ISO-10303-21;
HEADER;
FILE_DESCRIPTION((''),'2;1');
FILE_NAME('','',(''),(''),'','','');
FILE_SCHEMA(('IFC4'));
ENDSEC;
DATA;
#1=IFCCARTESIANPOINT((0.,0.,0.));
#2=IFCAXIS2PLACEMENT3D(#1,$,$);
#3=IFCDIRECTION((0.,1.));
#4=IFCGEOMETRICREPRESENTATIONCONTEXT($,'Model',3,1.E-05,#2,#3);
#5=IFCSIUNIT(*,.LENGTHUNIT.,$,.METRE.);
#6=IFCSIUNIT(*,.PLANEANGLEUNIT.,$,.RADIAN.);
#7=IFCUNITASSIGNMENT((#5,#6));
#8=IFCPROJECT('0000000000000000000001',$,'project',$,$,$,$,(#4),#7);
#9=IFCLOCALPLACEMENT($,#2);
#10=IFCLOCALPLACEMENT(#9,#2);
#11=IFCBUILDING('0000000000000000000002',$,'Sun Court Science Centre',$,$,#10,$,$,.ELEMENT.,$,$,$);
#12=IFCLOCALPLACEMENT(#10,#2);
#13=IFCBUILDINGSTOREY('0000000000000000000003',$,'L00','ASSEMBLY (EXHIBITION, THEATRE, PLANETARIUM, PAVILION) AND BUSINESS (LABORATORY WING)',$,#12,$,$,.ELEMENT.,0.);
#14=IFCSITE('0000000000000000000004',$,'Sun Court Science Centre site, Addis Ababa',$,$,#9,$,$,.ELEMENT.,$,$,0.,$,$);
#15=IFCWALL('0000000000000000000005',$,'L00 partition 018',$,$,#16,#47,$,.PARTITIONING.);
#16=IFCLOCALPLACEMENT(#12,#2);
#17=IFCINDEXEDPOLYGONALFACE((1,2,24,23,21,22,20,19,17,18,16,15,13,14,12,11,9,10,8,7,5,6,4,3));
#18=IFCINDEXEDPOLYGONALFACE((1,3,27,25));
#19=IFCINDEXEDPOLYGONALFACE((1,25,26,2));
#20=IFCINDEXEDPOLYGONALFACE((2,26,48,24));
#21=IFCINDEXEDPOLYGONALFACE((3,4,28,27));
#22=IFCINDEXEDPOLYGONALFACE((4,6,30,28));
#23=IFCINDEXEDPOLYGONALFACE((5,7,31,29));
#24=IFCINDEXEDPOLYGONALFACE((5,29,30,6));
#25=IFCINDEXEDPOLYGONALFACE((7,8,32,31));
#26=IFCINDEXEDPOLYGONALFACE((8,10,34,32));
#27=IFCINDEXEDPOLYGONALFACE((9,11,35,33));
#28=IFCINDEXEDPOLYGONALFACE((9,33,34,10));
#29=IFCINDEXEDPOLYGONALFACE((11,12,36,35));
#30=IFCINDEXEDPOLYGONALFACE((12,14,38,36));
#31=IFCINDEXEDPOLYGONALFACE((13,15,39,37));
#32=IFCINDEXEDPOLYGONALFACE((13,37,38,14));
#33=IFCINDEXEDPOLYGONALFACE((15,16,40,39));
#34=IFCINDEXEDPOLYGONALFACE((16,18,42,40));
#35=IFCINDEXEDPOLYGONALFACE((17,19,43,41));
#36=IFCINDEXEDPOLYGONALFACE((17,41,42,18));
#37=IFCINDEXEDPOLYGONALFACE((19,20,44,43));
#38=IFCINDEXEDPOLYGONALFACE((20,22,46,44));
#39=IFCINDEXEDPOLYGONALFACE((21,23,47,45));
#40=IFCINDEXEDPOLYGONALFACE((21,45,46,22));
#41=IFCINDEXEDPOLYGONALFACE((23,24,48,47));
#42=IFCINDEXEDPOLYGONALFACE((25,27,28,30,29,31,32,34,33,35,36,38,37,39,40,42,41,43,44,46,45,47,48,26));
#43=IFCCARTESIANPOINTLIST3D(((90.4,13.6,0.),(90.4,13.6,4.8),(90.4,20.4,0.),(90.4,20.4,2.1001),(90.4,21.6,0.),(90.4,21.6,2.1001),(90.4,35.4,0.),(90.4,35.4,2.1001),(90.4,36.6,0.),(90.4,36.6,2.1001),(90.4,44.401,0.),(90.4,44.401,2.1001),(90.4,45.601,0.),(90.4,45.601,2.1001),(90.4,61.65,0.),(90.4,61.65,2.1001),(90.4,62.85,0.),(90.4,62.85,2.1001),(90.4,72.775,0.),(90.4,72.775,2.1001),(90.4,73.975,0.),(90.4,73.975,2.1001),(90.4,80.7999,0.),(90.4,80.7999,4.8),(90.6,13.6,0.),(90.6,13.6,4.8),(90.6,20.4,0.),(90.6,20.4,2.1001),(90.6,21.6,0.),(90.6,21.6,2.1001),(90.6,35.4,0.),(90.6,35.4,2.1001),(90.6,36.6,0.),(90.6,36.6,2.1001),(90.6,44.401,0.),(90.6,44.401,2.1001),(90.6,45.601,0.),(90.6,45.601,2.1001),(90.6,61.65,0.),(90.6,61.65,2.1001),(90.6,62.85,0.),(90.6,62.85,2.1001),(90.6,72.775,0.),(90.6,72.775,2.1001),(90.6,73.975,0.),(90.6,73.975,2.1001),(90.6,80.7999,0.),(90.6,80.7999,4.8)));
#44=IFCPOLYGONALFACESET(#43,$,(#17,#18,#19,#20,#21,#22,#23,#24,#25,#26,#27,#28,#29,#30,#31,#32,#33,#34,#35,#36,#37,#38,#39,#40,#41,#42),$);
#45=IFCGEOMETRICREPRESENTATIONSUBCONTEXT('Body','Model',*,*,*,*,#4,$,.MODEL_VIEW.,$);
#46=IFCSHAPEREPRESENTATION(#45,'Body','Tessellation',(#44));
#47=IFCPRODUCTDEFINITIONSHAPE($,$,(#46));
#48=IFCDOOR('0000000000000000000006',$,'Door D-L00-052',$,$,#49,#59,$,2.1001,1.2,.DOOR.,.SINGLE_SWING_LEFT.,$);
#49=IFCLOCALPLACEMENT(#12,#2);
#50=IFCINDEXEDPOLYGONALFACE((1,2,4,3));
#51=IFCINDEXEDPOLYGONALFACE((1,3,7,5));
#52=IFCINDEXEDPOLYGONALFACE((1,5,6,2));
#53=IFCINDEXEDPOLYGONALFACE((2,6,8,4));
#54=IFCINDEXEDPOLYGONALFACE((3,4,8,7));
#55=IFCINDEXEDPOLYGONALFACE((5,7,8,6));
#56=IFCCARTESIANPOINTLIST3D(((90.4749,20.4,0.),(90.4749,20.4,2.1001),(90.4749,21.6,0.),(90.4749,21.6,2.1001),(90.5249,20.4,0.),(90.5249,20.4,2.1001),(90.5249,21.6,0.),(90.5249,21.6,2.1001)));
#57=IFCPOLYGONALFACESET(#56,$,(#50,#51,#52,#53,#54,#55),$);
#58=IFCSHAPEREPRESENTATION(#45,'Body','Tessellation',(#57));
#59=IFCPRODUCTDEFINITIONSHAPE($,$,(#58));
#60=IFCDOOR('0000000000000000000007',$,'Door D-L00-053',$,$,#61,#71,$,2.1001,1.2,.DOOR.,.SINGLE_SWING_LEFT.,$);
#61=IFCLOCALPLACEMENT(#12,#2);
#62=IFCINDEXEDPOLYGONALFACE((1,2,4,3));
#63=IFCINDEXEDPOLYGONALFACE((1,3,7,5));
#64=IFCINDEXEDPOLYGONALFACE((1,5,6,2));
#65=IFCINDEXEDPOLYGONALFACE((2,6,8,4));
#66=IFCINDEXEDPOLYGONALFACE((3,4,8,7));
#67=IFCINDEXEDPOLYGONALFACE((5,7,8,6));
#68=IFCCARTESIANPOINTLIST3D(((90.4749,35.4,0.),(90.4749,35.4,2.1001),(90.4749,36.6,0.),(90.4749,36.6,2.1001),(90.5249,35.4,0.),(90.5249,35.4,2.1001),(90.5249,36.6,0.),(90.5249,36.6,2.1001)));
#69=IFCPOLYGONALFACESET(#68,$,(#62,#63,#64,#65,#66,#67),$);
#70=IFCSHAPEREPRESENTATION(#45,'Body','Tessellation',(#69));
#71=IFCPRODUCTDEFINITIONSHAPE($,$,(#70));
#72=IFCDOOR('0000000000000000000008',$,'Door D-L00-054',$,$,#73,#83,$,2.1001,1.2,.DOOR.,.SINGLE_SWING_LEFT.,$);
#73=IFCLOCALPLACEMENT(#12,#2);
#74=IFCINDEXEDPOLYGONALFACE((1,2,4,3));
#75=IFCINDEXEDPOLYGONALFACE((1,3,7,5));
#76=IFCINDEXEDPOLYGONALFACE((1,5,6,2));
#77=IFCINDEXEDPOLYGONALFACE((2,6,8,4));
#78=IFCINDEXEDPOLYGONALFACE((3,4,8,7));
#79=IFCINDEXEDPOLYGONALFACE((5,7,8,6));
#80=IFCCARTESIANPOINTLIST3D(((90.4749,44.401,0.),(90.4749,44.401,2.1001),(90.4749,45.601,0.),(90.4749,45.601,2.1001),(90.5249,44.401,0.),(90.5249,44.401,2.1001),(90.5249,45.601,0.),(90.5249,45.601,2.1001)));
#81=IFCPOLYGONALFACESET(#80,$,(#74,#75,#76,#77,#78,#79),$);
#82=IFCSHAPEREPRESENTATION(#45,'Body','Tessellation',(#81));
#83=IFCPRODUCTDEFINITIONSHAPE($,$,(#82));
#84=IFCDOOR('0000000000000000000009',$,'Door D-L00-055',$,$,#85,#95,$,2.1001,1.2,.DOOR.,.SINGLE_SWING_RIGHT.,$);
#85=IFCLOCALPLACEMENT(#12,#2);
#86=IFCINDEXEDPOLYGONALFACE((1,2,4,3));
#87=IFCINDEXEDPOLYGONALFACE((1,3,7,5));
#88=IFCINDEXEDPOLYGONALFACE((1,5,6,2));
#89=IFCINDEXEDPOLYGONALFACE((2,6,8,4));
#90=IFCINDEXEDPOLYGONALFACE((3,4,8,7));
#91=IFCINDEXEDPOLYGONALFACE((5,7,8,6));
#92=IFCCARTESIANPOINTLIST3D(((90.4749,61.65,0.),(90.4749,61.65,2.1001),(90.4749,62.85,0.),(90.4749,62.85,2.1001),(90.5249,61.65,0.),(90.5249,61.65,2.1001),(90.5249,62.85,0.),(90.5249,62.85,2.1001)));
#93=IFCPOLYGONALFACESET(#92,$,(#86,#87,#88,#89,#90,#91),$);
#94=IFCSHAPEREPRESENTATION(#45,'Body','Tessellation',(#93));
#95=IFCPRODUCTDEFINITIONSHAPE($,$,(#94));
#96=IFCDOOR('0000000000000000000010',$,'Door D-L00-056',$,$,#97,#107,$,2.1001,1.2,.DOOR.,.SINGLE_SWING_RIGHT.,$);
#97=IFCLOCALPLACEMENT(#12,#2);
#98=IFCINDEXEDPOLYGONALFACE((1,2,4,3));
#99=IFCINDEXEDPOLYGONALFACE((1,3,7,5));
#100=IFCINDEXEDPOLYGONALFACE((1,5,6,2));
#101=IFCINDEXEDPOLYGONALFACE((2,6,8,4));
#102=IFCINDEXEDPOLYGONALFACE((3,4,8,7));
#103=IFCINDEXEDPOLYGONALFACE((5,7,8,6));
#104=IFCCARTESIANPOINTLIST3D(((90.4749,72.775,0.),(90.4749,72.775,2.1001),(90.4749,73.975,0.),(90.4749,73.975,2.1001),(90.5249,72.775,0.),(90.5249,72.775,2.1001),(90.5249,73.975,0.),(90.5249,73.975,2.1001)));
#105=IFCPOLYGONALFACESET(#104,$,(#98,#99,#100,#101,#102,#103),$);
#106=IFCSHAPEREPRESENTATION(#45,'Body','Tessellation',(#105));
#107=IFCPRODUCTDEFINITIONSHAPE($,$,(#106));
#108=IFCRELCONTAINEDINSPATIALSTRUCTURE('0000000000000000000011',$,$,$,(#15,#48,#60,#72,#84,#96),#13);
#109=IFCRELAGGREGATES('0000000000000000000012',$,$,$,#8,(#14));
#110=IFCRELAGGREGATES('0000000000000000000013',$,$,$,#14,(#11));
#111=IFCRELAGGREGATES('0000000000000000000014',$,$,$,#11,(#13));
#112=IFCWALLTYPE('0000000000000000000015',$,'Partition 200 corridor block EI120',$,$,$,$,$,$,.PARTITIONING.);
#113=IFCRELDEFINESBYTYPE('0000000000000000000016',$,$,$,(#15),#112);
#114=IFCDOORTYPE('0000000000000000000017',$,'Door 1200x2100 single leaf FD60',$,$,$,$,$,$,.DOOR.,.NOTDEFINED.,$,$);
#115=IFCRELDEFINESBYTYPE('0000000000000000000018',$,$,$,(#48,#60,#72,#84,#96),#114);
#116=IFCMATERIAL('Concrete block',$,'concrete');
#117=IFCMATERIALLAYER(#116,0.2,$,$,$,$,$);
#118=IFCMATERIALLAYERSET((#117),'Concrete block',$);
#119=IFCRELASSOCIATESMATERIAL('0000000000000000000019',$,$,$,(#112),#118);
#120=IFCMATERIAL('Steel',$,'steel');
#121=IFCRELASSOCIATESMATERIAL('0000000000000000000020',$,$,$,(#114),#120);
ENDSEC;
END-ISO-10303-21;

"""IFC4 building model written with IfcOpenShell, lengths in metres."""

from ifc_helpers import new_model, si_unit, direction, frame, frame_2d, origin, place, context, subcontext, project, spatial, rectangle, extrude, material, layer, layer_set, type_object, element, fill, save


model = new_model("IFC4")

# Units and contexts
model_context = context("Model", 3, precision=1e-05, world=origin(), true_north=direction((0.0, 1.0)))
body_context = subcontext(model_context, "Body", "Model", "MODEL_VIEW")
ifc_project = project(units=[si_unit("LENGTHUNIT", "METRE"), si_unit("PLANEANGLEUNIT", "RADIAN")], contexts=[model_context])

# Site, building, storey
site_placement = place(None, origin())
site = spatial("IfcSite", under=ifc_project, at=site_placement, Name="Sun Court Science Centre site, Addis Ababa", CompositionType="ELEMENT", RefElevation=0.0)
building_placement = place(site_placement, origin())
building = spatial("IfcBuilding", under=site, at=building_placement, Name="Sun Court Science Centre", CompositionType="ELEMENT")
storey_placement = place(building_placement, origin())
storey = spatial("IfcBuildingStorey", under=building, at=storey_placement, Name="L00", Description="ASSEMBLY (EXHIBITION, THEATRE, PLANETARIUM, PAVILION) AND BUSINESS (LABORATORY WING)", CompositionType="ELEMENT", Elevation=0.0)

# Wall, openings, doors
ifc_material_1 = material(Name="Concrete block", Category="concrete")
ifc_layer_1 = layer(ifc_material_1, 0.2)
ifc_layer_set_1 = layer_set([ifc_layer_1], Name="Concrete block")
wall_type_1 = type_object("IfcWallType", Name="Partition 200 corridor block EI120", PredefinedType="PARTITIONING", material=ifc_layer_set_1)
wall_1_placement = place(storey_placement, frame((90.5, 80.8, 0.0), z_axis=(0.0, 0.0, 1.0), x_axis=(0.0, -1.0, 0.0)))
wall_1 = element("IfcWall", 1, at=wall_1_placement, inside=storey, type_object=wall_type_1, Name="L00 partition 018", PredefinedType="PARTITIONING", context=body_context, shape_type="SweptSolid", body=[
    extrude(rectangle(XDim=67.2, YDim=0.2, at=frame_2d((33.6001, 0.0))), origin(), (0.0, 0.0, 1.0), 4.8),
])
opening_1_placement = place(wall_1_placement, frame((59.2, 0.0, 0.0)))
opening_1 = element("IfcOpeningElement", 2, at=opening_1_placement, cuts=wall_1, PredefinedType="OPENING", context=body_context, shape_type="SweptSolid", body=[
    extrude(rectangle(XDim=1.2, YDim=2.1001, at=frame_2d((0.6001, 1.05))), frame((0.0, 0.1099, 0.0), z_axis=(0.0, -1.0, 0.0), x_axis=(1.0, 0.0, 0.0)), (0.0, 0.0, 1.0), 0.22),
])
opening_2_placement = place(wall_1_placement, frame((44.2, 0.0, 0.0)))
opening_2 = element("IfcOpeningElement", 3, at=opening_2_placement, cuts=wall_1, PredefinedType="OPENING", context=body_context, shape_type="SweptSolid", body=[
    extrude(rectangle(XDim=1.2, YDim=2.1001, at=frame_2d((0.6001, 1.05))), frame((0.0, 0.1099, 0.0), z_axis=(0.0, -1.0, 0.0), x_axis=(1.0, 0.0, 0.0)), (0.0, 0.0, 1.0), 0.22),
])
opening_3_placement = place(wall_1_placement, frame((35.199, 0.0, 0.0)))
opening_3 = element("IfcOpeningElement", 4, at=opening_3_placement, cuts=wall_1, PredefinedType="OPENING", context=body_context, shape_type="SweptSolid", body=[
    extrude(rectangle(XDim=1.2, YDim=2.1001, at=frame_2d((0.6001, 1.05))), frame((0.0, 0.1099, 0.0), z_axis=(0.0, -1.0, 0.0), x_axis=(1.0, 0.0, 0.0)), (0.0, 0.0, 1.0), 0.22),
])
opening_4_placement = place(wall_1_placement, frame((17.95, 0.0, 0.0)))
opening_4 = element("IfcOpeningElement", 5, at=opening_4_placement, cuts=wall_1, PredefinedType="OPENING", context=body_context, shape_type="SweptSolid", body=[
    extrude(rectangle(XDim=1.2, YDim=2.1001, at=frame_2d((0.6001, 1.05))), frame((0.0, 0.1099, 0.0), z_axis=(0.0, -1.0, 0.0), x_axis=(1.0, 0.0, 0.0)), (0.0, 0.0, 1.0), 0.22),
])
opening_5_placement = place(wall_1_placement, frame((6.825, 0.0, 0.0)))
opening_5 = element("IfcOpeningElement", 6, at=opening_5_placement, cuts=wall_1, PredefinedType="OPENING", context=body_context, shape_type="SweptSolid", body=[
    extrude(rectangle(XDim=1.2, YDim=2.1001, at=frame_2d((0.6001, 1.05))), frame((0.0, 0.1099, 0.0), z_axis=(0.0, -1.0, 0.0), x_axis=(1.0, 0.0, 0.0)), (0.0, 0.0, 1.0), 0.22),
])
ifc_material_2 = material(Name="Steel", Category="steel")
door_type = type_object("IfcDoorType", Name="Door 1200x2100 single leaf FD60", OperationType="NOTDEFINED", PredefinedType="DOOR", material=ifc_material_2)
door_1_placement = place(opening_1_placement, origin())
door_1 = element("IfcDoor", 7, at=door_1_placement, inside=storey, type_object=door_type, Name="Door D-L00-052", OperationType="SINGLE_SWING_LEFT", OverallHeight=2.1001, OverallWidth=1.2, PredefinedType="DOOR", context=body_context, shape_type="SweptSolid", body=[
    extrude(rectangle(XDim=1.2, YDim=2.1001, at=frame_2d((0.6001, 1.05))), frame((0.0, 0.0249, 0.0), z_axis=(0.0, -1.0, 0.0), x_axis=(1.0, 0.0, 0.0)), (0.0, 0.0, 1.0), 0.05),
])
fill(opening_1, door_1)
door_2_placement = place(opening_2_placement, origin())
door_2 = element("IfcDoor", 8, at=door_2_placement, inside=storey, type_object=door_type, Name="Door D-L00-053", OperationType="SINGLE_SWING_LEFT", OverallHeight=2.1001, OverallWidth=1.2, PredefinedType="DOOR", context=body_context, shape_type="SweptSolid", body=[
    extrude(rectangle(XDim=1.2, YDim=2.1001, at=frame_2d((0.6001, 1.05))), frame((0.0, 0.0249, 0.0), z_axis=(0.0, -1.0, 0.0), x_axis=(1.0, 0.0, 0.0)), (0.0, 0.0, 1.0), 0.05),
])
fill(opening_2, door_2)
door_3_placement = place(opening_3_placement, origin())
door_3 = element("IfcDoor", 9, at=door_3_placement, inside=storey, type_object=door_type, Name="Door D-L00-054", OperationType="SINGLE_SWING_LEFT", OverallHeight=2.1001, OverallWidth=1.2, PredefinedType="DOOR", context=body_context, shape_type="SweptSolid", body=[
    extrude(rectangle(XDim=1.2, YDim=2.1001, at=frame_2d((0.6001, 1.05))), frame((0.0, 0.0249, 0.0), z_axis=(0.0, -1.0, 0.0), x_axis=(1.0, 0.0, 0.0)), (0.0, 0.0, 1.0), 0.05),
])
fill(opening_3, door_3)
door_4_placement = place(opening_4_placement, origin())
door_4 = element("IfcDoor", 10, at=door_4_placement, inside=storey, type_object=door_type, Name="Door D-L00-055", OperationType="SINGLE_SWING_RIGHT", OverallHeight=2.1001, OverallWidth=1.2, PredefinedType="DOOR", context=body_context, shape_type="SweptSolid", body=[
    extrude(rectangle(XDim=1.2, YDim=2.1001, at=frame_2d((0.6001, 1.05))), frame((0.0, 0.0249, 0.0), z_axis=(0.0, -1.0, 0.0), x_axis=(1.0, 0.0, 0.0)), (0.0, 0.0, 1.0), 0.05),
])
fill(opening_4, door_4)
door_5_placement = place(opening_5_placement, origin())
door_5 = element("IfcDoor", 11, at=door_5_placement, inside=storey, type_object=door_type, Name="Door D-L00-056", OperationType="SINGLE_SWING_RIGHT", OverallHeight=2.1001, OverallWidth=1.2, PredefinedType="DOOR", context=body_context, shape_type="SweptSolid", body=[
    extrude(rectangle(XDim=1.2, YDim=2.1001, at=frame_2d((0.6001, 1.05))), frame((0.0, 0.0249, 0.0), z_axis=(0.0, -1.0, 0.0), x_axis=(1.0, 0.0, 0.0)), (0.0, 0.0, 1.0), 0.05),
])
fill(opening_5, door_5)

save(model, "model.ifc")
